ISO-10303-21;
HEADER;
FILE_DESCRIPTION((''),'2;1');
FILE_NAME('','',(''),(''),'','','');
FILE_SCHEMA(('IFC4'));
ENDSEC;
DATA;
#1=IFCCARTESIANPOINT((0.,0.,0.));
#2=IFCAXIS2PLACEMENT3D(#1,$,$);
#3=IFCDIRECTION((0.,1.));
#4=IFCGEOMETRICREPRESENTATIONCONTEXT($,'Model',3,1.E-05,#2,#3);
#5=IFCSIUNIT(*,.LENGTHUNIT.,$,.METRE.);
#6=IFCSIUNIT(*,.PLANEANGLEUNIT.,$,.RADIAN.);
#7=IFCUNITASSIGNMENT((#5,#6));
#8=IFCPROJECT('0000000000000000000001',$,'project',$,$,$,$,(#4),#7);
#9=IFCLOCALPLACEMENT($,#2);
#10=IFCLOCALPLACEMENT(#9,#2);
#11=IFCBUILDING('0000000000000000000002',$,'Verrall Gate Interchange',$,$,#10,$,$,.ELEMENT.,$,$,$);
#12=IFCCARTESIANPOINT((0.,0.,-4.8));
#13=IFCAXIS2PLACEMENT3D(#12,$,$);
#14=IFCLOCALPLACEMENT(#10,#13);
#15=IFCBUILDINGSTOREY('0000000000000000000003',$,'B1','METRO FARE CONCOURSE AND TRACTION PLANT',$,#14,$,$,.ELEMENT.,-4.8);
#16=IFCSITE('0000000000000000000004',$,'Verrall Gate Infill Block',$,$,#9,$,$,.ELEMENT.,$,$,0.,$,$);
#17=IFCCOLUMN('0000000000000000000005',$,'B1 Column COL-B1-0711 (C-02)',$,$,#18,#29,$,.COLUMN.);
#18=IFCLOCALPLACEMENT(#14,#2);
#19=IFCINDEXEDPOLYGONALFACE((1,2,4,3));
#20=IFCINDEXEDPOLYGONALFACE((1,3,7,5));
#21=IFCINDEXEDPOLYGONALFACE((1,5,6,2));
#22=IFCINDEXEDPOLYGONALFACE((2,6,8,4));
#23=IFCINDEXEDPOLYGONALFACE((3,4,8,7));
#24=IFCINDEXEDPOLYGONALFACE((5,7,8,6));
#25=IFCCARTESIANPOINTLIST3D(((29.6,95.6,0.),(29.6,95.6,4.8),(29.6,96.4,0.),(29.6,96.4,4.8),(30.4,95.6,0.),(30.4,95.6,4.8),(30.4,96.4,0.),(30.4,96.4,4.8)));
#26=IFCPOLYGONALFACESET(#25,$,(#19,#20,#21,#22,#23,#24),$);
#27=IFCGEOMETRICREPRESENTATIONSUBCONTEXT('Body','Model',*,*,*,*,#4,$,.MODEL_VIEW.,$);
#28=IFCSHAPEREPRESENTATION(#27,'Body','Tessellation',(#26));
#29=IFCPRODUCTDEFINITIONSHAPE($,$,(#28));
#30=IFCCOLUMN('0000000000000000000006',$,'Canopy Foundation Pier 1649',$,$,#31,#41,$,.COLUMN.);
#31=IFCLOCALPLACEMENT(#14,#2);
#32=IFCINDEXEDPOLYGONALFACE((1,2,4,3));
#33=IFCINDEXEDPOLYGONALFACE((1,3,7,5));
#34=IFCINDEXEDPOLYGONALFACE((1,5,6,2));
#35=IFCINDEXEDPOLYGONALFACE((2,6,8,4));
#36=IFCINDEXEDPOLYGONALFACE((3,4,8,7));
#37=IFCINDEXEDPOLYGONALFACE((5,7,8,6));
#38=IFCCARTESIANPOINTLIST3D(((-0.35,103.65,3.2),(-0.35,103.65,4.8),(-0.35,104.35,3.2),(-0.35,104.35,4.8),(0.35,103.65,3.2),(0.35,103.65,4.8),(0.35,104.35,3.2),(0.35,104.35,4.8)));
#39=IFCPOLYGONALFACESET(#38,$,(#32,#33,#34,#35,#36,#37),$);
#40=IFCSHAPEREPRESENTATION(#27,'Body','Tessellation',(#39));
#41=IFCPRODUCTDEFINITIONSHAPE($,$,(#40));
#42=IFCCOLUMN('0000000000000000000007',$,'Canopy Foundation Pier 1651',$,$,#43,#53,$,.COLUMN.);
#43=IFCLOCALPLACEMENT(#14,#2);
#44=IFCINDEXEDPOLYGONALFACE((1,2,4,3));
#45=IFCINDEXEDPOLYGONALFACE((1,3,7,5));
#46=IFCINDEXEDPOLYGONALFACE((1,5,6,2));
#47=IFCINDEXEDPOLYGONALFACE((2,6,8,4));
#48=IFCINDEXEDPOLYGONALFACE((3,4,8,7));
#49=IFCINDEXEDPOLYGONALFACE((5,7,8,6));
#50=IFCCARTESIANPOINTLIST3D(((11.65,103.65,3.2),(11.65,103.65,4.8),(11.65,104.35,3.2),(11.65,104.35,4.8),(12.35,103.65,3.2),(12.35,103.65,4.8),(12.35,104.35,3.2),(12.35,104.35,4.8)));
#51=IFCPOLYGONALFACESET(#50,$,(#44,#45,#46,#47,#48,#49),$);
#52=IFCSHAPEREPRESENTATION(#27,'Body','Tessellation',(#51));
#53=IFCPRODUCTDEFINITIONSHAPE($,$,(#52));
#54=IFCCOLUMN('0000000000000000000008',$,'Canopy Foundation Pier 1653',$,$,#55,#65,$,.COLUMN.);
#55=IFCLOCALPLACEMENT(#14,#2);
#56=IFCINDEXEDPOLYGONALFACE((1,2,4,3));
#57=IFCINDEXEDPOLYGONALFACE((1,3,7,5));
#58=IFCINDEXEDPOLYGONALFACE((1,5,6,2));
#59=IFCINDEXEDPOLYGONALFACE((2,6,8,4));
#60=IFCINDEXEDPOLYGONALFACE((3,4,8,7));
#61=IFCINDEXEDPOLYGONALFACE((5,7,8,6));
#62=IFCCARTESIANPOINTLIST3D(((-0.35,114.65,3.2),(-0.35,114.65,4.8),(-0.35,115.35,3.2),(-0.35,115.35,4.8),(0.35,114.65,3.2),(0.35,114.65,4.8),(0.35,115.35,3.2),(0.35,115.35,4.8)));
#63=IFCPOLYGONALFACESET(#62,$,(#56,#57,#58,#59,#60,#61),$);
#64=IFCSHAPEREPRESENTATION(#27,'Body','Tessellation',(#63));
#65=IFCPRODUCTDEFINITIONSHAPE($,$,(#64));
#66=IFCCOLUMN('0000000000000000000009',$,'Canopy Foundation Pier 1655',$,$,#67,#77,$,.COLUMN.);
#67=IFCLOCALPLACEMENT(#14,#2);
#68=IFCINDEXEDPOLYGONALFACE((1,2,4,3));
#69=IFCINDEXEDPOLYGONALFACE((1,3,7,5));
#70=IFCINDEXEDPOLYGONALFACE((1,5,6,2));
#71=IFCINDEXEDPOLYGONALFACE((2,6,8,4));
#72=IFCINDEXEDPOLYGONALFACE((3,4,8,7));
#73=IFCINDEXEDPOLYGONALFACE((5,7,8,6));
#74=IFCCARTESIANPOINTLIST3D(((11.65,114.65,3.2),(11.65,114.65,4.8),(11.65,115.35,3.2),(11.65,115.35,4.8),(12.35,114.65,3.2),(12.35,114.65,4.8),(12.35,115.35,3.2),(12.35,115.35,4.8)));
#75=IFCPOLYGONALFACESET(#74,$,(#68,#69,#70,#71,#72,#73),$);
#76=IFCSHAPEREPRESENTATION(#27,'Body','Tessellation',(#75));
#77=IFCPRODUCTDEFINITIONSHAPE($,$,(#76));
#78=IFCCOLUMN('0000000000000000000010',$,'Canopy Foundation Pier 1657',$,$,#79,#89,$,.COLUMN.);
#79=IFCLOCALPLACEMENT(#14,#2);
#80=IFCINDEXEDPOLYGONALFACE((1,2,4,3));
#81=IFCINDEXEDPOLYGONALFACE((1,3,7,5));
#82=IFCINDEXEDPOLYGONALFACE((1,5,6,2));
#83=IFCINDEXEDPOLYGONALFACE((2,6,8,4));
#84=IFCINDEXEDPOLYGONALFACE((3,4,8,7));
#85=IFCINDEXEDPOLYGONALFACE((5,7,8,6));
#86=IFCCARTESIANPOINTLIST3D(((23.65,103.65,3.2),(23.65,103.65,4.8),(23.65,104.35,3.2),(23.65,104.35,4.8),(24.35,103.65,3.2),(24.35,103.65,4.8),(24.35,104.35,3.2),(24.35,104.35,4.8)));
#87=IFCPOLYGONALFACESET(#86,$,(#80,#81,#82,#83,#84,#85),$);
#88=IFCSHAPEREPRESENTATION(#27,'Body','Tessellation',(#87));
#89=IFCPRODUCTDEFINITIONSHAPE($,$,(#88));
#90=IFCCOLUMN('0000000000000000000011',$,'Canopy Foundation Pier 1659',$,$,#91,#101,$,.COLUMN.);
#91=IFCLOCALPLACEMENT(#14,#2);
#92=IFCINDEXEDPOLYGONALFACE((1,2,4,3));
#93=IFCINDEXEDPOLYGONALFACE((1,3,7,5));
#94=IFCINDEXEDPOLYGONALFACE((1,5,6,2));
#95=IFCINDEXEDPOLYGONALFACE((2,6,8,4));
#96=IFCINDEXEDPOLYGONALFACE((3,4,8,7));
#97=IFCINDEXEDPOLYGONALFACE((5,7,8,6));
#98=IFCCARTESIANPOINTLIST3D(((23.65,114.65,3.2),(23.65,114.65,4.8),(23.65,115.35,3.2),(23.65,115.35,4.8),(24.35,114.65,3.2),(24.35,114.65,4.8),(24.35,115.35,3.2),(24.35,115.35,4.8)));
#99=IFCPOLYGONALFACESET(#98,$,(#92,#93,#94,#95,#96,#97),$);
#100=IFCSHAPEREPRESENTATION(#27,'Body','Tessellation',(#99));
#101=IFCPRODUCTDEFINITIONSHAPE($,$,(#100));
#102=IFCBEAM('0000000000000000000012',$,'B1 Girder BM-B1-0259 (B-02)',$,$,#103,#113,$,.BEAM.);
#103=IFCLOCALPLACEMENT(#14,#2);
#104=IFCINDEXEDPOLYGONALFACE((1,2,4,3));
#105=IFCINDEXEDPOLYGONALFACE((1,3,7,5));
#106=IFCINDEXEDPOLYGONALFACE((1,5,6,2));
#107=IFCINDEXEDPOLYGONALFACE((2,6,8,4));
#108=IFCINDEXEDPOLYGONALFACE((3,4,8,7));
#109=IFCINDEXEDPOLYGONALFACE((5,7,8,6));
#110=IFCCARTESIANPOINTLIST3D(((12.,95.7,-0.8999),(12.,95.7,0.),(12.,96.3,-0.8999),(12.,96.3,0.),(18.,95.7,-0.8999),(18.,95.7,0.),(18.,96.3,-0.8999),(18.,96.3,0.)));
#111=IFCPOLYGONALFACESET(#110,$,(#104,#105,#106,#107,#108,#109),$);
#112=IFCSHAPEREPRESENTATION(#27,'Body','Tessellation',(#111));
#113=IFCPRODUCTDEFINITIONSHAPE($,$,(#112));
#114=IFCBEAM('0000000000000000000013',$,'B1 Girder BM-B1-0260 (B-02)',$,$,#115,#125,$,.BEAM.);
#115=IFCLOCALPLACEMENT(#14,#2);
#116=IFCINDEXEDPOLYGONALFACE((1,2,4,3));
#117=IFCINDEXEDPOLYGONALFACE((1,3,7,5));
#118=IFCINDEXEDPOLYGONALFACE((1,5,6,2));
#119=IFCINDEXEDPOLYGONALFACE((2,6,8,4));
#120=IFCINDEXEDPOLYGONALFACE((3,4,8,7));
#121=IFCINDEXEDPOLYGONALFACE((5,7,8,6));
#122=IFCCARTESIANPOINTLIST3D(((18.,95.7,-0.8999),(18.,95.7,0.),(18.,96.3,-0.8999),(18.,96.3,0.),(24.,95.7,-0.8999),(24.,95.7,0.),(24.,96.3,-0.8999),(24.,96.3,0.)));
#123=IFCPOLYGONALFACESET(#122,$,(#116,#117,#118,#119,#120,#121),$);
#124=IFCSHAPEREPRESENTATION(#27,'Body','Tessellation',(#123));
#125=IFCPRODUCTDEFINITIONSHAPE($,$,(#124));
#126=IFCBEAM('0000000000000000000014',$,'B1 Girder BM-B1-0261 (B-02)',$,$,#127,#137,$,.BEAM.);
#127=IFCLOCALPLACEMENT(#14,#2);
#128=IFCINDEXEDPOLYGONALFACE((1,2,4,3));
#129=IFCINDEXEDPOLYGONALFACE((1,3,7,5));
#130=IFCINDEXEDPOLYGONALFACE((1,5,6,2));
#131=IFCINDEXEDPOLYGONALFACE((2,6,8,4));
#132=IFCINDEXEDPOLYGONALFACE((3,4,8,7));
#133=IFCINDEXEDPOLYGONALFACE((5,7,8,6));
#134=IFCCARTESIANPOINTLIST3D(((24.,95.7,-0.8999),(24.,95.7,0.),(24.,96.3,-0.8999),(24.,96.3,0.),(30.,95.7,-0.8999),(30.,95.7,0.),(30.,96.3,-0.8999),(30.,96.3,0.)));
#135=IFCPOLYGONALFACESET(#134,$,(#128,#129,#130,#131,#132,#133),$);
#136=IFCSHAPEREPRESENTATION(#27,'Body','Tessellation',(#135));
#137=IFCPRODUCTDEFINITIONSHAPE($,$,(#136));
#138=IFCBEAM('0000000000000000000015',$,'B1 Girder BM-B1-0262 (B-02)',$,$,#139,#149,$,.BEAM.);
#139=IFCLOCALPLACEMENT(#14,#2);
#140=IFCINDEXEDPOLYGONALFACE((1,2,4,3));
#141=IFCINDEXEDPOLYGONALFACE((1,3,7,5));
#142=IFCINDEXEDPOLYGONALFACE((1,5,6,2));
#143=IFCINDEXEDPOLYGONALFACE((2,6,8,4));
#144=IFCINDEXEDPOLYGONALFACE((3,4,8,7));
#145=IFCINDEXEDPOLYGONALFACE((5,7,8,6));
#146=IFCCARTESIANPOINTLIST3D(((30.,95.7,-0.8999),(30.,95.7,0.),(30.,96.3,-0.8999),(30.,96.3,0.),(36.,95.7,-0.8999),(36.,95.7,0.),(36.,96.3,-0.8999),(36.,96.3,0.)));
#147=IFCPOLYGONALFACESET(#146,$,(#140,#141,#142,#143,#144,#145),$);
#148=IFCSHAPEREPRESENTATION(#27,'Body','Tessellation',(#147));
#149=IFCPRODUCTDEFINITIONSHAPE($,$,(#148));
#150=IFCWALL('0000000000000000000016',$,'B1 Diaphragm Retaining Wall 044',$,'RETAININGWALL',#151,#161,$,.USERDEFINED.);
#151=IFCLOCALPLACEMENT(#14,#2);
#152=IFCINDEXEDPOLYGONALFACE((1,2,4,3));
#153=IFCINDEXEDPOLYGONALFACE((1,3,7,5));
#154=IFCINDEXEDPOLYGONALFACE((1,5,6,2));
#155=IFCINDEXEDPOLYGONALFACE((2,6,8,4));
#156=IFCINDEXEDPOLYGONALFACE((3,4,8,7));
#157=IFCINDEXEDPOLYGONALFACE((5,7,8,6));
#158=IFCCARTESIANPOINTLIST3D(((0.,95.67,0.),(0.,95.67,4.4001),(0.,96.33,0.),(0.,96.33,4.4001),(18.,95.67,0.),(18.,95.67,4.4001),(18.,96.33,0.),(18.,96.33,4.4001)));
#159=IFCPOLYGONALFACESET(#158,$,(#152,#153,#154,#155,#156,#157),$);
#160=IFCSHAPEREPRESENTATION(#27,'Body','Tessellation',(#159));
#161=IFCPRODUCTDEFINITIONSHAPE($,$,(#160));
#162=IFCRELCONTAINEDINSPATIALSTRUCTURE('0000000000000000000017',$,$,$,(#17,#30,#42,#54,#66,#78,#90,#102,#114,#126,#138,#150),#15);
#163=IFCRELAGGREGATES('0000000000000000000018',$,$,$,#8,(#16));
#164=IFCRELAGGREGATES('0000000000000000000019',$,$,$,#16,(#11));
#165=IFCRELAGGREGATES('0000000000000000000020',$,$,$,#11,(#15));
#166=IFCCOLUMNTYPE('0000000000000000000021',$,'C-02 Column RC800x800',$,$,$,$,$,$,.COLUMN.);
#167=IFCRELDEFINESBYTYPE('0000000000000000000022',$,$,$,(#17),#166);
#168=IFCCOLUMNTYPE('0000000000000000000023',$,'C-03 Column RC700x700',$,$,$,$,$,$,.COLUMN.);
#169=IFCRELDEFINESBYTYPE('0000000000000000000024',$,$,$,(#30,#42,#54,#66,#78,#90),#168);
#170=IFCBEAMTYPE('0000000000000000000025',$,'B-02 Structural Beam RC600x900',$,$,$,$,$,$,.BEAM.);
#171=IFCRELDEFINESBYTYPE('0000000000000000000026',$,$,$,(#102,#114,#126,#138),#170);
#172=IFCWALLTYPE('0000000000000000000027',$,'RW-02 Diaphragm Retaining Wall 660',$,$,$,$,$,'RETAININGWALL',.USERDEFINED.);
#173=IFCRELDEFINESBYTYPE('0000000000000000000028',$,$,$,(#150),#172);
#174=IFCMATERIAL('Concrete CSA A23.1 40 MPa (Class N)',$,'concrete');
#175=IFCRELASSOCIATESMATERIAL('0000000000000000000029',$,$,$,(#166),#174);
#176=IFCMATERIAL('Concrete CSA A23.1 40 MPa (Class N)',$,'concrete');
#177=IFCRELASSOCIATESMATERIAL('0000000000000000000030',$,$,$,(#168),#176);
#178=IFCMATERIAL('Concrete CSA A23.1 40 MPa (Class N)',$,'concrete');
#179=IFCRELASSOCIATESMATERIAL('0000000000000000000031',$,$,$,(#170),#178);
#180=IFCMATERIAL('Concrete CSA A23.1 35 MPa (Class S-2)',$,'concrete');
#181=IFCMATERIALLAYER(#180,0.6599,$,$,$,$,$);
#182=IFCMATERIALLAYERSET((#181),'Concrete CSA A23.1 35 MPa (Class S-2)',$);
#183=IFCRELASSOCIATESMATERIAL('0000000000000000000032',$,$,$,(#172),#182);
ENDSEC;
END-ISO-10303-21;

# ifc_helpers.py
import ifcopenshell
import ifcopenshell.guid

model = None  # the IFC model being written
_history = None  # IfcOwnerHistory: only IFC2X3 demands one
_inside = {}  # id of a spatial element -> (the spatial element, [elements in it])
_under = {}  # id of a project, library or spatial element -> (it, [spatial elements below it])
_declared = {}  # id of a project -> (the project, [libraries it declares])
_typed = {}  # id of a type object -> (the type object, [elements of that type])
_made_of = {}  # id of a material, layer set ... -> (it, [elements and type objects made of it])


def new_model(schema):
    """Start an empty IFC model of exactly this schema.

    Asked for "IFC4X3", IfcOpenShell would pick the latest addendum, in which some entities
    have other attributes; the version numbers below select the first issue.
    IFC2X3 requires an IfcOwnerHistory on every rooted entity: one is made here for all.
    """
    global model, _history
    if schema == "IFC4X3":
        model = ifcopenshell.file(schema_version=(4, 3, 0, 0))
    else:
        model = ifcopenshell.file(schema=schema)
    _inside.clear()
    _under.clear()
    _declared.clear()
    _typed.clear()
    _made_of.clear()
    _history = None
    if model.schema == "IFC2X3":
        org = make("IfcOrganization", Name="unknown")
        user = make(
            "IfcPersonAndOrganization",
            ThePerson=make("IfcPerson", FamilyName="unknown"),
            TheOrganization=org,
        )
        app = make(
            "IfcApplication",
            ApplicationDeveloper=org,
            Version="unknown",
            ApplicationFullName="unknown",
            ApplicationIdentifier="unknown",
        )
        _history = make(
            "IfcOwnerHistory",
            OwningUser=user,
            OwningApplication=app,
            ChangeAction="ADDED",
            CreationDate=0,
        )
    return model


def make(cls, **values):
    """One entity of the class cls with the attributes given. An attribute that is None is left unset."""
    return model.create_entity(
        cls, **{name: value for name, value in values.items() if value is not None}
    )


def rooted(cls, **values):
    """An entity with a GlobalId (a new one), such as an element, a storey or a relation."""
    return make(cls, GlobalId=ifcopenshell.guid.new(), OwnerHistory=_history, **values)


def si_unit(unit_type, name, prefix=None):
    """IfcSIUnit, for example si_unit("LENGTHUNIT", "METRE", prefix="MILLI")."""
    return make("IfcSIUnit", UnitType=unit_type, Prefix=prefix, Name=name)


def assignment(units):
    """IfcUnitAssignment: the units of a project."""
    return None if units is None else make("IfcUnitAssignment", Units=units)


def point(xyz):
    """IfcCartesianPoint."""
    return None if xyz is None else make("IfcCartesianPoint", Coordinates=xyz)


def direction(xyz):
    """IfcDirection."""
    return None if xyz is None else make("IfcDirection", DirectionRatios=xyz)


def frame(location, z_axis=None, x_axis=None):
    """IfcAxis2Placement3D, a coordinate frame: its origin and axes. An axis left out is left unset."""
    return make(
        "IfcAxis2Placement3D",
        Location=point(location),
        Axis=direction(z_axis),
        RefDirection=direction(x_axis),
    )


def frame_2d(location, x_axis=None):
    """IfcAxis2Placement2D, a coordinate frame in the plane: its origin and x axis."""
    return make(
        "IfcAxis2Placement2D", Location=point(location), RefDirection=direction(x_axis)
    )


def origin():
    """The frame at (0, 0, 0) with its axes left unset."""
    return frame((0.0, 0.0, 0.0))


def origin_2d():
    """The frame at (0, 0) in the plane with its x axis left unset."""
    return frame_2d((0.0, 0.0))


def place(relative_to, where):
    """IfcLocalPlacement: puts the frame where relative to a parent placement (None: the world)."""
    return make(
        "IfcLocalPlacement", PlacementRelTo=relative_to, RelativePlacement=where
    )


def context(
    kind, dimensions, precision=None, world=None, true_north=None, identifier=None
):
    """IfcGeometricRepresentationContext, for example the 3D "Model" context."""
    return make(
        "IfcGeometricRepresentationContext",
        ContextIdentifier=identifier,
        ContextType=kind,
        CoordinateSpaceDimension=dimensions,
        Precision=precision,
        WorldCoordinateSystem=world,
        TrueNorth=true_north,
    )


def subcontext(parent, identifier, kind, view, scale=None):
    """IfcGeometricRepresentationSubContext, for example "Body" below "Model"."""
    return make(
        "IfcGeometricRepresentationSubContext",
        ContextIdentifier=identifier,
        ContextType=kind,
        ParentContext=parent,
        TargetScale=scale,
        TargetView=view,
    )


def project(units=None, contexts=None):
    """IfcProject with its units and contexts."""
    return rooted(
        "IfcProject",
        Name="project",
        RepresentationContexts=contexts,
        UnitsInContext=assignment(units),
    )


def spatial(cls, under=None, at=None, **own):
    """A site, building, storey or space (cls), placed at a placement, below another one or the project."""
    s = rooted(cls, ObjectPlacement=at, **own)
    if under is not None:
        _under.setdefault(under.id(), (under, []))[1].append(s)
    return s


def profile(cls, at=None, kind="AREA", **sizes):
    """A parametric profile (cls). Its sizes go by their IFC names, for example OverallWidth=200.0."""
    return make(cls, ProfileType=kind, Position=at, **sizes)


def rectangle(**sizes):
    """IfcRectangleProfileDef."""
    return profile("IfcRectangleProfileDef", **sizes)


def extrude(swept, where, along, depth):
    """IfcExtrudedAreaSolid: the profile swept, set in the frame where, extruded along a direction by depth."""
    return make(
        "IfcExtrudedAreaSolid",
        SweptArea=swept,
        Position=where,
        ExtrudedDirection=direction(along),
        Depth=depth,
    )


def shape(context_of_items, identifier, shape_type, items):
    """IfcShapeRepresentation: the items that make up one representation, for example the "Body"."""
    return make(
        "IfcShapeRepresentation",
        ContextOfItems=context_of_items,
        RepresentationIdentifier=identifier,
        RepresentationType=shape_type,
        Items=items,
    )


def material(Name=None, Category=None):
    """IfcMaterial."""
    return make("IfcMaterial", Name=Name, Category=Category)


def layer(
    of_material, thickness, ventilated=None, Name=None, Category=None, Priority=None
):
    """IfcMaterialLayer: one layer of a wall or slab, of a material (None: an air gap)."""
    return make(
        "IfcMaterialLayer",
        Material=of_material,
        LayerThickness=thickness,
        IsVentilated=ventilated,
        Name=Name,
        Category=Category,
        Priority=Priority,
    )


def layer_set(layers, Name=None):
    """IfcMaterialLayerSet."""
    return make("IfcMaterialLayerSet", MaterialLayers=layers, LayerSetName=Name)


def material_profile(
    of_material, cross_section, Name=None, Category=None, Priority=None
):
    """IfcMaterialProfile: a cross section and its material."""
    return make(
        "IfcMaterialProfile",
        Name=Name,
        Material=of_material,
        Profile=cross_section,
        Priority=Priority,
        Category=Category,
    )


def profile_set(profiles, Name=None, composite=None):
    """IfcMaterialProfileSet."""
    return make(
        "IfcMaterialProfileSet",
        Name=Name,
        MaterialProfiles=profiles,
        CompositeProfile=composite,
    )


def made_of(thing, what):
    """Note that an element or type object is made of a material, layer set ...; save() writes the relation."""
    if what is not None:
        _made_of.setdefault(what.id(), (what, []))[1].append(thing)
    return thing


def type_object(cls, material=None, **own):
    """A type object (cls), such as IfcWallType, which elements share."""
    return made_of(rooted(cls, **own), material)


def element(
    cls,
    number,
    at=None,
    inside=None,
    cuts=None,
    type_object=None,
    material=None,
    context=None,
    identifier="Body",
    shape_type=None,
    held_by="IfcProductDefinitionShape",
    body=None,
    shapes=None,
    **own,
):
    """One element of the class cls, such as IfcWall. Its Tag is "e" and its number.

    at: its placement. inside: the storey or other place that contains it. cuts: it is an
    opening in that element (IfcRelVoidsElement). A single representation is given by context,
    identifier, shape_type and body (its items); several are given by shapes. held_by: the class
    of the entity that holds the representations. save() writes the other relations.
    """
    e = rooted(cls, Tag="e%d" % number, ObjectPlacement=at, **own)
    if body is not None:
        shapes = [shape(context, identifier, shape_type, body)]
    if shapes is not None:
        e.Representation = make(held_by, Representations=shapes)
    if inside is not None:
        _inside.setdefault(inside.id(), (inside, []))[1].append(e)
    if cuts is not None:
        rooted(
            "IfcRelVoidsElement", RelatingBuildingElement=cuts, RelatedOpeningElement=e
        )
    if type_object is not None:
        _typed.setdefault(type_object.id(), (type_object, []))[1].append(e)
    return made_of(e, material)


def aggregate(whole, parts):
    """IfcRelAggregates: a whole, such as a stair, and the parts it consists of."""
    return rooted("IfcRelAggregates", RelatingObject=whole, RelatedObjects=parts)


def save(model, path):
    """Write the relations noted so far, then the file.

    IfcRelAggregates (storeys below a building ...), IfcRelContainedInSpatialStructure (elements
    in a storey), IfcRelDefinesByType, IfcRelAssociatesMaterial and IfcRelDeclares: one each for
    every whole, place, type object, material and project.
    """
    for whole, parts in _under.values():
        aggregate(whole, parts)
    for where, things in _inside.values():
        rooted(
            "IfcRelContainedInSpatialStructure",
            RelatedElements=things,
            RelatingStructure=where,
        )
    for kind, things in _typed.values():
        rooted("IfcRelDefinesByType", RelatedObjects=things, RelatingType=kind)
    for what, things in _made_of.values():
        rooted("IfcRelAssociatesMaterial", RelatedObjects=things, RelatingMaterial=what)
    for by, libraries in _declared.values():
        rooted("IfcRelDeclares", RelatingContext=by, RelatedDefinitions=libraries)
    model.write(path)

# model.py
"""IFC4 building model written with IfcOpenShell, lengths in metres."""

from ifc_helpers import new_model, si_unit, direction, frame, frame_2d, origin, origin_2d, place, context, subcontext, project, spatial, rectangle, extrude, material, layer, layer_set, material_profile, profile_set, type_object, element, save


model = new_model("IFC4")

# Units and contexts
model_context = context("Model", 3, precision=1e-05, world=origin(), true_north=direction((0.0, 1.0)))
body_context = subcontext(model_context, "Body", "Model", "MODEL_VIEW")
ifc_project = project(units=[si_unit("LENGTHUNIT", "METRE"), si_unit("PLANEANGLEUNIT", "RADIAN")], contexts=[model_context])

# Site, building, storey
site_placement = place(None, origin())
site = spatial("IfcSite", under=ifc_project, at=site_placement, Name="Verrall Gate Infill Block", CompositionType="ELEMENT", RefElevation=0.0)
building_placement = place(site_placement, origin())
building = spatial("IfcBuilding", under=site, at=building_placement, Name="Verrall Gate Interchange", CompositionType="ELEMENT")
storey_placement = place(building_placement, frame((0.0, 0.0, -4.8)))
storey = spatial("IfcBuildingStorey", under=building, at=storey_placement, Name="B1", Description="METRO FARE CONCOURSE AND TRACTION PLANT", CompositionType="ELEMENT", Elevation=-4.8)

# Columns
ifc_material_1 = material(Name="Concrete CSA A23.1 40 MPa (Class N)", Category="concrete")
ifc_material_profile_1 = material_profile(ifc_material_1, rectangle(XDim=0.8, YDim=0.8, at=origin_2d()), Name="RC800x800")
ifc_profile_set_1 = profile_set([ifc_material_profile_1], Name="Concrete CSA A23.1 40 MPa (Class N)")
column_type_1 = type_object("IfcColumnType", Name="C-02 Column RC800x800", PredefinedType="COLUMN", material=ifc_profile_set_1)
for number, where, z_axis, x_axis, name in (
    (1, (30.0, 96.0, 0.0), (0.0, 0.0, 1.0), (1.0, 0.0, 0.0), "B1 Column COL-B1-0711 (C-02)"),
):
    element("IfcColumn", number, at=place(storey_placement, frame(where, z_axis=z_axis, x_axis=x_axis)), inside=storey, type_object=column_type_1, Name=name, PredefinedType="COLUMN", context=body_context, shape_type="SweptSolid", body=[
        extrude(rectangle(XDim=0.8, YDim=0.8, at=origin_2d()), origin(), (0.0, 0.0, 1.0), 4.8),
    ])
ifc_material_2 = material(Name="Concrete CSA A23.1 40 MPa (Class N)", Category="concrete")
ifc_material_profile_2 = material_profile(ifc_material_2, rectangle(XDim=0.7, YDim=0.7, at=origin_2d()), Name="RC700x700")
ifc_profile_set_2 = profile_set([ifc_material_profile_2], Name="Concrete CSA A23.1 40 MPa (Class N)")
column_type_2 = type_object("IfcColumnType", Name="C-03 Column RC700x700", PredefinedType="COLUMN", material=ifc_profile_set_2)
for number, where, z_axis, x_axis, name in (
    (2, (0.0, 104.0, 3.2), (0.0, 0.0, 1.0), (1.0, 0.0, 0.0), "Canopy Foundation Pier 1649"),
    (3, (12.0, 104.0, 3.2), (0.0, 0.0, 1.0), (1.0, 0.0, 0.0), "Canopy Foundation Pier 1651"),
    (4, (0.0, 115.0, 3.2), (0.0, 0.0, 1.0), (1.0, 0.0, 0.0), "Canopy Foundation Pier 1653"),
    (5, (12.0, 115.0, 3.2), (0.0, 0.0, 1.0), (1.0, 0.0, 0.0), "Canopy Foundation Pier 1655"),
    (6, (24.0, 104.0, 3.2), (0.0, 0.0, 1.0), (1.0, 0.0, 0.0), "Canopy Foundation Pier 1657"),
    (7, (24.0, 115.0, 3.2), (0.0, 0.0, 1.0), (1.0, 0.0, 0.0), "Canopy Foundation Pier 1659"),
):
    element("IfcColumn", number, at=place(storey_placement, frame(where, z_axis=z_axis, x_axis=x_axis)), inside=storey, type_object=column_type_2, Name=name, PredefinedType="COLUMN", context=body_context, shape_type="SweptSolid", body=[
        extrude(rectangle(XDim=0.7, YDim=0.7, at=origin_2d()), origin(), (0.0, 0.0, 1.0), 1.6001),
    ])

# Beams
ifc_material_3 = material(Name="Concrete CSA A23.1 40 MPa (Class N)", Category="concrete")
ifc_material_profile_3 = material_profile(ifc_material_3, rectangle(XDim=0.6001, YDim=0.8999, at=origin_2d()), Name="RC600x900")
ifc_profile_set_3 = profile_set([ifc_material_profile_3], Name="Concrete CSA A23.1 40 MPa (Class N)")
beam_type = type_object("IfcBeamType", Name="B-02 Structural Beam RC600x900", PredefinedType="BEAM", material=ifc_profile_set_3)
for number, where, z_axis, x_axis, name in (
    (8, (12.0, 96.0, -0.45), (1.0, 0.0, 0.0), (0.0, 1.0, 0.0), "B1 Girder BM-B1-0259 (B-02)"),
    (9, (18.0, 96.0, -0.45), (1.0, 0.0, 0.0), (0.0, 1.0, 0.0), "B1 Girder BM-B1-0260 (B-02)"),
    (10, (24.0, 96.0, -0.45), (1.0, 0.0, 0.0), (0.0, 1.0, 0.0), "B1 Girder BM-B1-0261 (B-02)"),
    (11, (30.0, 96.0, -0.45), (1.0, 0.0, 0.0), (0.0, 1.0, 0.0), "B1 Girder BM-B1-0262 (B-02)"),
):
    element("IfcBeam", number, at=place(storey_placement, frame(where, z_axis=z_axis, x_axis=x_axis)), inside=storey, type_object=beam_type, Name=name, PredefinedType="BEAM", context=body_context, shape_type="SweptSolid", body=[
        extrude(rectangle(XDim=0.6001, YDim=0.8999, at=origin_2d()), origin(), (0.0, 0.0, 1.0), 6.0),
    ])

# Wall
ifc_material_4 = material(Name="Concrete CSA A23.1 35 MPa (Class S-2)", Category="concrete")
ifc_layer = layer(ifc_material_4, 0.6599)
ifc_layer_set = layer_set([ifc_layer], Name="Concrete CSA A23.1 35 MPa (Class S-2)")
wall_type = type_object("IfcWallType", Name="RW-02 Diaphragm Retaining Wall 660", ElementType="RETAININGWALL", PredefinedType="USERDEFINED", material=ifc_layer_set)
wall_placement = place(storey_placement, frame((18.0, 96.0, 0.0), z_axis=(0.0, 0.0, 1.0), x_axis=(-1.0, 0.0, 0.0)))
element("IfcWall", 12, at=wall_placement, inside=storey, type_object=wall_type, Name="B1 Diaphragm Retaining Wall 044", ObjectType="RETAININGWALL", PredefinedType="USERDEFINED", context=body_context, shape_type="SweptSolid", body=[
    extrude(rectangle(XDim=18.0, YDim=0.6599, at=frame_2d((9.0, 0.0))), origin(), (0.0, 0.0, 1.0), 4.4001),
])

save(model, "model.ifc")
